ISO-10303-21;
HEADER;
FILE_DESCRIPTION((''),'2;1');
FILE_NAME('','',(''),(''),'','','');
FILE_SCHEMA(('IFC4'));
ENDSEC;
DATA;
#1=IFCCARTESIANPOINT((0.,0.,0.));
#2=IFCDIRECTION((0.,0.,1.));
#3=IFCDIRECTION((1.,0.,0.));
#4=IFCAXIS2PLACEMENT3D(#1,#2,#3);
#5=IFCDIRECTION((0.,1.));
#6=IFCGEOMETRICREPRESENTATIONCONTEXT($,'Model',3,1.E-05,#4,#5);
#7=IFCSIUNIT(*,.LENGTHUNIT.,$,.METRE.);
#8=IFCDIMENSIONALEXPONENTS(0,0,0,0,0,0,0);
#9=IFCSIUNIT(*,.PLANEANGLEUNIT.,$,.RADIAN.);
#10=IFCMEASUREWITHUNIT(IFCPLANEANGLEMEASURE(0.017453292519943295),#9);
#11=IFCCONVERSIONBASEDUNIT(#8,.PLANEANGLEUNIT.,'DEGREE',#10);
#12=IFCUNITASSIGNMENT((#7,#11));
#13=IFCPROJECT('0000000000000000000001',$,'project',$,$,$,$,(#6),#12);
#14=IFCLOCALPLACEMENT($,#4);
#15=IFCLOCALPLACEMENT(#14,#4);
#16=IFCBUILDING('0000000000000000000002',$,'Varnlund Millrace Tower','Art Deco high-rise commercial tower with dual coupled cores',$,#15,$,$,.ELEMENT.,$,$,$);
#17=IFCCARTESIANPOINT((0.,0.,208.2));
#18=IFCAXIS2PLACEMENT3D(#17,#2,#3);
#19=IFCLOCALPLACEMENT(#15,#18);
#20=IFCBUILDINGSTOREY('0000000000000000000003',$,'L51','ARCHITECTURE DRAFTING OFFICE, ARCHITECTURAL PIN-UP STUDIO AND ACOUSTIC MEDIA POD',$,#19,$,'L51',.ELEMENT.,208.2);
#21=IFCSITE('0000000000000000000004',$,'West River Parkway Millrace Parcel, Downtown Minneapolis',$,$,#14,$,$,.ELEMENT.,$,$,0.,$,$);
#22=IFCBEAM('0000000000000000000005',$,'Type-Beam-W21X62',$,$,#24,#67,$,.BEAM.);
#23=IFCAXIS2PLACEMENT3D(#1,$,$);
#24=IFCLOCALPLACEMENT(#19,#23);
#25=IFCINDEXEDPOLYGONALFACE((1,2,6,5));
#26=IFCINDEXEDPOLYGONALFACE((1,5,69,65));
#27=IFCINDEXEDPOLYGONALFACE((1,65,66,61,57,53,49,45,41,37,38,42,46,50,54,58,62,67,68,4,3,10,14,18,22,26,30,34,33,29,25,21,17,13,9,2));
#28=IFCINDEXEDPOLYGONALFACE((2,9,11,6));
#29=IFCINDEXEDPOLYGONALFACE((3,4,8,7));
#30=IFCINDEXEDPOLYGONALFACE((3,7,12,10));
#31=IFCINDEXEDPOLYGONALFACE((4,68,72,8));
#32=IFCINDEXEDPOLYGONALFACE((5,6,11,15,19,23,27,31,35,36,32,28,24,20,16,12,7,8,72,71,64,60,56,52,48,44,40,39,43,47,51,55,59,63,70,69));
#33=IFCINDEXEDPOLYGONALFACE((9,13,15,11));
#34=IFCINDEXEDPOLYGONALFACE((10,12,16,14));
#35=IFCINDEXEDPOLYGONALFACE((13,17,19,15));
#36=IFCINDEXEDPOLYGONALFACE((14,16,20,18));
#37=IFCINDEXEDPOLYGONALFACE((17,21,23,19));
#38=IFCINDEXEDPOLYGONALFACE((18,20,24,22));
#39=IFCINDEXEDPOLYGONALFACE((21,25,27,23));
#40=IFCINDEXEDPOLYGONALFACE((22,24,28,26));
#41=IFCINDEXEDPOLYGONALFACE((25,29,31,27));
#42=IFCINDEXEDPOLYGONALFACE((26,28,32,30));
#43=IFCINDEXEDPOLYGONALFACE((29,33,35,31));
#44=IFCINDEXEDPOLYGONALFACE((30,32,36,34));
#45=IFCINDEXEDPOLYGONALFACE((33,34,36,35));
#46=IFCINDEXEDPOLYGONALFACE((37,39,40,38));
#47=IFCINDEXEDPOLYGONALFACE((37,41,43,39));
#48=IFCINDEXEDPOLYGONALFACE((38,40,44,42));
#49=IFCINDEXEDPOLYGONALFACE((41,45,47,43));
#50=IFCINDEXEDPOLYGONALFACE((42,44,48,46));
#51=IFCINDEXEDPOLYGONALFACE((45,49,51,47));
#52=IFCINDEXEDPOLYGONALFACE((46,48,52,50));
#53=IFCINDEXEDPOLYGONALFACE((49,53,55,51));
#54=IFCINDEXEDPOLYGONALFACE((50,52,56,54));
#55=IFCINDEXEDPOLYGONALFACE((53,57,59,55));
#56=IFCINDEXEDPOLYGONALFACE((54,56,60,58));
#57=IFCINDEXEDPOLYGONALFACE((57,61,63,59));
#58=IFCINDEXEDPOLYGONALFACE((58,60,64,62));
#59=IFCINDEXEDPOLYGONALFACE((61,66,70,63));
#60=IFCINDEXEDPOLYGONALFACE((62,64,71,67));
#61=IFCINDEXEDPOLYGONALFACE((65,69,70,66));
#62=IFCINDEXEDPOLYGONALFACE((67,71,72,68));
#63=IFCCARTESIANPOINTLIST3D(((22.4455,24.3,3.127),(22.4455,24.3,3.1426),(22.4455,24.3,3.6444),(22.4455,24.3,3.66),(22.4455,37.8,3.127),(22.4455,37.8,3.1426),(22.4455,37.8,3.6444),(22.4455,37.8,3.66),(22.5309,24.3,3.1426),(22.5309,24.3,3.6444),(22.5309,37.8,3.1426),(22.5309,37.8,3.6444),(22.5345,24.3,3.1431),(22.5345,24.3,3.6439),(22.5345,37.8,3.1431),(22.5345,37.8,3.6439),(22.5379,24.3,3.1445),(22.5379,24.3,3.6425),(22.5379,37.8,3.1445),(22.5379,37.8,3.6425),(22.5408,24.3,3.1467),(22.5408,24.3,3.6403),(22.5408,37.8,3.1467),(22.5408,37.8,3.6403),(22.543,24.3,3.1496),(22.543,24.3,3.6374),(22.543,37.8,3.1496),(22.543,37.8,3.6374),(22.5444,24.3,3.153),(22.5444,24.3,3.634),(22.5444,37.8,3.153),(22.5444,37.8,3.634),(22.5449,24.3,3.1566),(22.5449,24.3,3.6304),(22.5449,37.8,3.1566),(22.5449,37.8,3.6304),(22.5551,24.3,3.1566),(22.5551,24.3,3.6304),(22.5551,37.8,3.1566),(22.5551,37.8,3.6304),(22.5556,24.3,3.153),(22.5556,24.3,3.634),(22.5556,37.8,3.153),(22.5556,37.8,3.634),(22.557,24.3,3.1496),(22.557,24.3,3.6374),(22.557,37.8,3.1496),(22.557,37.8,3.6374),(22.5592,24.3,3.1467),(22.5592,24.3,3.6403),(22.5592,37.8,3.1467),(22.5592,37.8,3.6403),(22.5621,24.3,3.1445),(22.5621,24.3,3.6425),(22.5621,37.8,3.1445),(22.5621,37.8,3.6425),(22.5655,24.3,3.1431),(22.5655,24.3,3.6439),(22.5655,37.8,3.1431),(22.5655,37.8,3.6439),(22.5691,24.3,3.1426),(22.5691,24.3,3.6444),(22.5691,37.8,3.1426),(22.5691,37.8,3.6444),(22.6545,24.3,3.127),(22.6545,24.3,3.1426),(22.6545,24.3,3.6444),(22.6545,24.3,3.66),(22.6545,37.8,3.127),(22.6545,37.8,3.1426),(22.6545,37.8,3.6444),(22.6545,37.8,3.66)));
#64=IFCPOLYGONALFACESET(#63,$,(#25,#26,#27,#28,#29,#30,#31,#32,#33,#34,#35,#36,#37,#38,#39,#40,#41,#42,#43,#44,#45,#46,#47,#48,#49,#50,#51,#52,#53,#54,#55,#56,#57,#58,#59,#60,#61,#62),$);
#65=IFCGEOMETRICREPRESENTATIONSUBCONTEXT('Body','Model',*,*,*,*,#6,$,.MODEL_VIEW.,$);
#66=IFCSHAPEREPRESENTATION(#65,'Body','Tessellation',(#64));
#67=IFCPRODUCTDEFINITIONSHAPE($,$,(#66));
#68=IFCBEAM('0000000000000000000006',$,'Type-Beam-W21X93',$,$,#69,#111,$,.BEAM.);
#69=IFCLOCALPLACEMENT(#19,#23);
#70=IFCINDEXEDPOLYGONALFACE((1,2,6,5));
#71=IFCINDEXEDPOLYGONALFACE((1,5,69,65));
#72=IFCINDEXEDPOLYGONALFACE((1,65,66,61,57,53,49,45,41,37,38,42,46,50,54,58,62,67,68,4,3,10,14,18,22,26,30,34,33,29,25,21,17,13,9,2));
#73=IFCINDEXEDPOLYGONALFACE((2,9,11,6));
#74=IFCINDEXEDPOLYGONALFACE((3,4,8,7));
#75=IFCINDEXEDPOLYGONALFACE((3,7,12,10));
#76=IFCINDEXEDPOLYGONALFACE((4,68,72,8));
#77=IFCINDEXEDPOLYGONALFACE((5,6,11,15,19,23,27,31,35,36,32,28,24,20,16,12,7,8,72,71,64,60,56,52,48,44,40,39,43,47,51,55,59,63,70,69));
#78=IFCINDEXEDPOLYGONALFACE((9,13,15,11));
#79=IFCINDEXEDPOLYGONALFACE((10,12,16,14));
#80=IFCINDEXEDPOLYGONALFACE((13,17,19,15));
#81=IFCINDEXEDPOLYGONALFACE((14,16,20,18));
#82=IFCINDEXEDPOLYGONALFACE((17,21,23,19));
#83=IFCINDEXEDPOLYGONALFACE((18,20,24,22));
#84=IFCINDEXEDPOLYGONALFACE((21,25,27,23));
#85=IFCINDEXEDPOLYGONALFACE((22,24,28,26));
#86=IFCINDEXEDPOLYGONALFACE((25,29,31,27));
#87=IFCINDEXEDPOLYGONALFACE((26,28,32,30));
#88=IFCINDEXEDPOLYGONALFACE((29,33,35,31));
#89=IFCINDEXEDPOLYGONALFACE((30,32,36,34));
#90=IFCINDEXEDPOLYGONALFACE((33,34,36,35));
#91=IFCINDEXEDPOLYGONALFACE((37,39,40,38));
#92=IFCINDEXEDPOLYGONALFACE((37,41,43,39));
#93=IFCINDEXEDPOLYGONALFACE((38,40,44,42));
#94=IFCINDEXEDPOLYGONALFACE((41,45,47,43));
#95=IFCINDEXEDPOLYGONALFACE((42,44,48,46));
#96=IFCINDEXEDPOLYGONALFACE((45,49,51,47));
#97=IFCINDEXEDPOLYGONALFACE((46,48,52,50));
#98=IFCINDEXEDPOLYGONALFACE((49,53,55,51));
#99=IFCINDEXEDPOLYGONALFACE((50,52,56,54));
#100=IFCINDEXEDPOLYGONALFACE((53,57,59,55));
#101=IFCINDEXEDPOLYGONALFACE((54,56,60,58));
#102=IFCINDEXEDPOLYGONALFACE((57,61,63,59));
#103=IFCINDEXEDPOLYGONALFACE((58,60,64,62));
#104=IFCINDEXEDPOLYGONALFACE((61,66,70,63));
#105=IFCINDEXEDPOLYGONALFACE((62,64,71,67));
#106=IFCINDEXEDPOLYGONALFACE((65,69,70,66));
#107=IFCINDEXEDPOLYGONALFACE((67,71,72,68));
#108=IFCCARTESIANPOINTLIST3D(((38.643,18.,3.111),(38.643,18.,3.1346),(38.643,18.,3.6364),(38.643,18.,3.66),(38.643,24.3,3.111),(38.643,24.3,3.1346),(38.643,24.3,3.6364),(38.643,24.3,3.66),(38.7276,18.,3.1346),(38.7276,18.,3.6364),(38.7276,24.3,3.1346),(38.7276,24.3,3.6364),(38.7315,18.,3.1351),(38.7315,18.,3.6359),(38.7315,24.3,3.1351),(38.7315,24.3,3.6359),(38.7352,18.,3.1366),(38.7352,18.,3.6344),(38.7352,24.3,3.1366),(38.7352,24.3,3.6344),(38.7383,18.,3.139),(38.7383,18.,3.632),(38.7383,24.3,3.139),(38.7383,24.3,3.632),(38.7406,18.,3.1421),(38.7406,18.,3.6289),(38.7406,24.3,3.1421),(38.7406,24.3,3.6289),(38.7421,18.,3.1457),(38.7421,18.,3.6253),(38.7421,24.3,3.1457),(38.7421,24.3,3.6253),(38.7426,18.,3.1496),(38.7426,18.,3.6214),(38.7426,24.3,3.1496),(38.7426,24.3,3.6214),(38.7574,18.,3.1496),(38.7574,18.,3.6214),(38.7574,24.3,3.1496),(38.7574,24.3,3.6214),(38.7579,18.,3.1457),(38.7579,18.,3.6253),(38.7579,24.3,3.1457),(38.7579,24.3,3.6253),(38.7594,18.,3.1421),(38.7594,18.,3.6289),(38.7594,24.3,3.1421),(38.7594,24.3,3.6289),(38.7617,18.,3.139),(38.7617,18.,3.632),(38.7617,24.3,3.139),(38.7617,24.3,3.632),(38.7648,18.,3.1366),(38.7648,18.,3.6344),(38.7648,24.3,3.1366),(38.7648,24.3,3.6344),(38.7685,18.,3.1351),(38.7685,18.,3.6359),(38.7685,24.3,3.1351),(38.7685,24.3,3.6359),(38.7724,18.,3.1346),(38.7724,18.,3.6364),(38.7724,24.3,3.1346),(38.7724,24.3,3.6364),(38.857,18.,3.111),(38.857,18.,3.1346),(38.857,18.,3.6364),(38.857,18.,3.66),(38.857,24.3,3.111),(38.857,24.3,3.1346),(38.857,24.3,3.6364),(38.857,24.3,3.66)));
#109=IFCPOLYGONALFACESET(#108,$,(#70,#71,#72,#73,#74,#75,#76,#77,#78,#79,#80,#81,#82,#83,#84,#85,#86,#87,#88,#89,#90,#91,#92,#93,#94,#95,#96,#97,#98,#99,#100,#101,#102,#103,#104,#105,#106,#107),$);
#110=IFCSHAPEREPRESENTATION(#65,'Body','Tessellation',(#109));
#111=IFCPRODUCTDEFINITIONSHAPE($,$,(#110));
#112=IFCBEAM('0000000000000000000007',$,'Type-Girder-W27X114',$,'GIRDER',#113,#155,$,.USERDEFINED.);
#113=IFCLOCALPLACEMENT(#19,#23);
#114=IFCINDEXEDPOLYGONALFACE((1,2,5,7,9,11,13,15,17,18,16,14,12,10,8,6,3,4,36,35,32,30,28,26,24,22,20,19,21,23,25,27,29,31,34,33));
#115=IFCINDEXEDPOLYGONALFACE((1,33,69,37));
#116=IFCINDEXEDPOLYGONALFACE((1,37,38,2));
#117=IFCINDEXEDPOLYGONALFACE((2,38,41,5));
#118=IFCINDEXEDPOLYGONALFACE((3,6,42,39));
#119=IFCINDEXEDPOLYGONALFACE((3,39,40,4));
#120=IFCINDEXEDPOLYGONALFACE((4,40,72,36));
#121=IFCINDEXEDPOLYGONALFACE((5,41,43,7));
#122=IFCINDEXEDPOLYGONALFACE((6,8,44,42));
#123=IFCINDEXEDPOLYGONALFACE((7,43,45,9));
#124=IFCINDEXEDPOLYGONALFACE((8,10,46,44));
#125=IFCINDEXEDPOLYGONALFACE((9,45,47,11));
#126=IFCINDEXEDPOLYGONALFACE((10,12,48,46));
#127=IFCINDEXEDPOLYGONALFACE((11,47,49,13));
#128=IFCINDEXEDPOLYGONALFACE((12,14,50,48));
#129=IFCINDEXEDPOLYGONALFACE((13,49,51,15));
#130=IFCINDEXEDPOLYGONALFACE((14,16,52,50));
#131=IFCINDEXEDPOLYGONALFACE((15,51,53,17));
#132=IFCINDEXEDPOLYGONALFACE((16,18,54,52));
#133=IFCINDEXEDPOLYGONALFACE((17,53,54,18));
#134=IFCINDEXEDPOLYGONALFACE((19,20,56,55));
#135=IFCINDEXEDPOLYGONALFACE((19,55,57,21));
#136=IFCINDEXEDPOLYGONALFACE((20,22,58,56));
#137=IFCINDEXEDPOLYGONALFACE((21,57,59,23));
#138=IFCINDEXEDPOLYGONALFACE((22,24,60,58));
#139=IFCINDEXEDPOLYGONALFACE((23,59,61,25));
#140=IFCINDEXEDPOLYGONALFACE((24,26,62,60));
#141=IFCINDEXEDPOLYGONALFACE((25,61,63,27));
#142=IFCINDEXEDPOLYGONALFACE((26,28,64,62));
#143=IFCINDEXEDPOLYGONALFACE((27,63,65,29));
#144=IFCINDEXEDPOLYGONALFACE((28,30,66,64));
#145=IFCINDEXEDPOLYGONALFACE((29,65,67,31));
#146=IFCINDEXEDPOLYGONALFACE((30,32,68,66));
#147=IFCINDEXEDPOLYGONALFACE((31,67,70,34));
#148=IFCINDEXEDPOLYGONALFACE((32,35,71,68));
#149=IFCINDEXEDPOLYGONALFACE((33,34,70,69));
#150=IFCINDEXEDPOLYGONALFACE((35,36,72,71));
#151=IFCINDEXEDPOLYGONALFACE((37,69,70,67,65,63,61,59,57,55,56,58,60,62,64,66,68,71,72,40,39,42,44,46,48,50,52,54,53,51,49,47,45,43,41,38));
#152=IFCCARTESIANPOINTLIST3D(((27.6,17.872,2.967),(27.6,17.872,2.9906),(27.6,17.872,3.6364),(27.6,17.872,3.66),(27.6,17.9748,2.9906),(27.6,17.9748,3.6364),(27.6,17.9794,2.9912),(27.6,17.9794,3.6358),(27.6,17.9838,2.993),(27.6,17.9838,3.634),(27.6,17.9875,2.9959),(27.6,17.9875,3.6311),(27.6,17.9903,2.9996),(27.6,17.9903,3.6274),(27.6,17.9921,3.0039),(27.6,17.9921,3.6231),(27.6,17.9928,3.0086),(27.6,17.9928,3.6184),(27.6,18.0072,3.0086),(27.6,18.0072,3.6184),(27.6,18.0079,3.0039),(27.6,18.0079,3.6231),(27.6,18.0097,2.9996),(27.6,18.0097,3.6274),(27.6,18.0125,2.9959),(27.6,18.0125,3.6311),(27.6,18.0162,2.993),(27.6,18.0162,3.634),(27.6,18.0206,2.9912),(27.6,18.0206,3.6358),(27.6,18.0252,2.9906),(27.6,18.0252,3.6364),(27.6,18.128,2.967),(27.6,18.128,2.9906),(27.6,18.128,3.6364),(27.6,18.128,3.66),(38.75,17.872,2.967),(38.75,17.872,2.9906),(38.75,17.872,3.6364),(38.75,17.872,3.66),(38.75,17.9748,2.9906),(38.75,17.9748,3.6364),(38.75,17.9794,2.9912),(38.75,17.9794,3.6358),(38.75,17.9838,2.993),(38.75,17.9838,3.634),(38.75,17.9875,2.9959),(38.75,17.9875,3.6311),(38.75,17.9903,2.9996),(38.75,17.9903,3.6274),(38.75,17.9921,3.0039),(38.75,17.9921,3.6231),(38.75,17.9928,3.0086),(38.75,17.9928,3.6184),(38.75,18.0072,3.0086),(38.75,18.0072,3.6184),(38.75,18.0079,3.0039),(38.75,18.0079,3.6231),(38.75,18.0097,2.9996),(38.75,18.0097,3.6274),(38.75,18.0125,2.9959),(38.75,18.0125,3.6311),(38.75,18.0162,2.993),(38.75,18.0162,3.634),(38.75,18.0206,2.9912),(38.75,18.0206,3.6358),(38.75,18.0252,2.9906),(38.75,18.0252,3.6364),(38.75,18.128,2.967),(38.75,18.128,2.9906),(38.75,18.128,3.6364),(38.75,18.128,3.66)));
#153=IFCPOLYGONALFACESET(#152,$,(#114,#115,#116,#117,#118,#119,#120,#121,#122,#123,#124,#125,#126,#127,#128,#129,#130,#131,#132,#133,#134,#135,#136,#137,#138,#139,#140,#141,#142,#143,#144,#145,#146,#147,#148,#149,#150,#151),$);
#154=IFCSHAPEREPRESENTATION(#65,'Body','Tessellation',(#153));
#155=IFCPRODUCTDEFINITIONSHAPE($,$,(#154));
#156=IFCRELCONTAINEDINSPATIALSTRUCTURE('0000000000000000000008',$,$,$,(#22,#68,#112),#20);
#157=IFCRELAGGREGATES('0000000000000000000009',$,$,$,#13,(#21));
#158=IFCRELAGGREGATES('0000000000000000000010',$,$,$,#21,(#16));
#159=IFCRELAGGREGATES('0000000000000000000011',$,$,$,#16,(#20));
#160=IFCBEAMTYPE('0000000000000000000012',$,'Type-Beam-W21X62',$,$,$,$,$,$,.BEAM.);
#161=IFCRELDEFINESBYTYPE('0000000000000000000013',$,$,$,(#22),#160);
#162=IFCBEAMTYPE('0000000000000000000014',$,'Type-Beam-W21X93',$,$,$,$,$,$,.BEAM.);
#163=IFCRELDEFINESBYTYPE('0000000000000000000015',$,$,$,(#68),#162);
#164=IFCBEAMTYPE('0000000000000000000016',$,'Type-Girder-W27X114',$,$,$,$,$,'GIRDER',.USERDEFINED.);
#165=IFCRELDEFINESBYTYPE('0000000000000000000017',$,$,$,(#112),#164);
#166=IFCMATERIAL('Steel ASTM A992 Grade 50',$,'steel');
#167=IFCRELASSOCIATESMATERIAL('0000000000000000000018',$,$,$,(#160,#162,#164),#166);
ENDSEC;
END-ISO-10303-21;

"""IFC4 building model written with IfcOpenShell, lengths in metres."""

from ifc_helpers import new_model, entity, si_unit, converted_unit, direction, frame, origin_with_axes, origin_2d_with_axis, place, context, subcontext, project, spatial, i_section, extrude, material, material_profile, profile_set, type_object, element, save


model = new_model("IFC4")

# Units and contexts
model_context = context("Model", 3, precision=1e-05, world=origin_with_axes(), true_north=direction((0.0, 1.0)))
body_context = subcontext(model_context, "Body", "Model", "MODEL_VIEW")
ifc_project = project(units=[si_unit("LENGTHUNIT", "METRE"), converted_unit("PLANEANGLEUNIT", "DEGREE", entity("IfcPlaneAngleMeasure", 0.017453292519943295), si_unit("PLANEANGLEUNIT", "RADIAN"), dimensions=[0, 0, 0, 0, 0, 0, 0])], contexts=[model_context])

# Site, building, storey
site_placement = place(None, origin_with_axes())
site = spatial("IfcSite", under=ifc_project, at=site_placement, Name="West River Parkway Millrace Parcel, Downtown Minneapolis", CompositionType="ELEMENT", RefElevation=0.0)
building_placement = place(site_placement, origin_with_axes())
building = spatial("IfcBuilding", under=site, at=building_placement, Name="Varnlund Millrace Tower", Description="Art Deco high-rise commercial tower with dual coupled cores", CompositionType="ELEMENT")
storey_placement = place(building_placement, frame((0.0, 0.0, 208.2), z_axis=(0.0, 0.0, 1.0), x_axis=(1.0, 0.0, 0.0)))
storey = spatial("IfcBuildingStorey", under=building, at=storey_placement, Name="L51", Description="ARCHITECTURE DRAFTING OFFICE, ARCHITECTURAL PIN-UP STUDIO AND ACOUSTIC MEDIA POD", LongName="L51", CompositionType="ELEMENT", Elevation=208.2)

# Beams
ifc_material_1 = material(Name="Steel ASTM A992 Grade 50", Category="steel")
ifc_material_profile_1 = material_profile(ifc_material_1, i_section(OverallWidth=0.209, OverallDepth=0.533, WebThickness=0.0102, FlangeThickness=0.0156, FilletRadius=0.014, at=origin_2d_with_axis()), Name="Steel ASTM A992 Grade 50")
ifc_profile_set_1 = profile_set([ifc_material_profile_1], Name="Steel ASTM A992 Grade 50")
beam_type_1 = type_object("IfcBeamType", Name="Type-Beam-W21X62", PredefinedType="BEAM", material=ifc_profile_set_1)
beam_1_placement = place(storey_placement, frame((22.55, 24.3, 3.3935), z_axis=(0.0, 1.0, 0.0), x_axis=(-1.0, 0.0, 0.0)))
element("IfcBeam", 1, at=beam_1_placement, inside=storey, type_object=beam_type_1, Name="Type-Beam-W21X62", PredefinedType="BEAM", context=body_context, shape_type="SweptSolid", body=[
    extrude(i_section(OverallWidth=0.209, OverallDepth=0.533, WebThickness=0.0102, FlangeThickness=0.0156, FilletRadius=0.014, at=origin_2d_with_axis()), origin_with_axes(), (0.0, 0.0, 1.0), 13.5),
])
ifc_material_profile_2 = material_profile(ifc_material_1, i_section(OverallWidth=0.214, OverallDepth=0.549, WebThickness=0.0147, FlangeThickness=0.0236, FilletRadius=0.015, at=origin_2d_with_axis()), Name="Steel ASTM A992 Grade 50")
ifc_profile_set_2 = profile_set([ifc_material_profile_2], Name="Steel ASTM A992 Grade 50")
beam_type_2 = type_object("IfcBeamType", Name="Type-Beam-W21X93", PredefinedType="BEAM", material=ifc_profile_set_2)
beam_2_placement = place(storey_placement, frame((38.75, 18.0, 3.3855), z_axis=(0.0, 1.0, 0.0), x_axis=(-1.0, 0.0, 0.0)))
element("IfcBeam", 2, at=beam_2_placement, inside=storey, type_object=beam_type_2, Name="Type-Beam-W21X93", PredefinedType="BEAM", context=body_context, shape_type="SweptSolid", body=[
    extrude(i_section(OverallWidth=0.214, OverallDepth=0.549, WebThickness=0.0147, FlangeThickness=0.0236, FilletRadius=0.015, at=origin_2d_with_axis()), origin_with_axes(), (0.0, 0.0, 1.0), 6.3),
])
ifc_material_profile_3 = material_profile(ifc_material_1, i_section(OverallWidth=0.256, OverallDepth=0.693, WebThickness=0.0145, FlangeThickness=0.0236, FilletRadius=0.018, at=origin_2d_with_axis()), Name="Steel ASTM A992 Grade 50")
ifc_profile_set_3 = profile_set([ifc_material_profile_3], Name="Steel ASTM A992 Grade 50")
beam_type_3 = type_object("IfcBeamType", Name="Type-Girder-W27X114", ElementType="GIRDER", PredefinedType="USERDEFINED", material=ifc_profile_set_3)
beam_3_placement = place(storey_placement, frame((27.6, 18.0, 3.3135), z_axis=(1.0, 0.0, 0.0), x_axis=(0.0, 1.0, 0.0)))
element("IfcBeam", 3, at=beam_3_placement, inside=storey, type_object=beam_type_3, Name="Type-Girder-W27X114", ObjectType="GIRDER", PredefinedType="USERDEFINED", context=body_context, shape_type="SweptSolid", body=[
    extrude(i_section(OverallWidth=0.256, OverallDepth=0.693, WebThickness=0.0145, FlangeThickness=0.0236, FilletRadius=0.018, at=origin_2d_with_axis()), origin_with_axes(), (0.0, 0.0, 1.0), 11.15),
])

save(model, "model.ifc")
